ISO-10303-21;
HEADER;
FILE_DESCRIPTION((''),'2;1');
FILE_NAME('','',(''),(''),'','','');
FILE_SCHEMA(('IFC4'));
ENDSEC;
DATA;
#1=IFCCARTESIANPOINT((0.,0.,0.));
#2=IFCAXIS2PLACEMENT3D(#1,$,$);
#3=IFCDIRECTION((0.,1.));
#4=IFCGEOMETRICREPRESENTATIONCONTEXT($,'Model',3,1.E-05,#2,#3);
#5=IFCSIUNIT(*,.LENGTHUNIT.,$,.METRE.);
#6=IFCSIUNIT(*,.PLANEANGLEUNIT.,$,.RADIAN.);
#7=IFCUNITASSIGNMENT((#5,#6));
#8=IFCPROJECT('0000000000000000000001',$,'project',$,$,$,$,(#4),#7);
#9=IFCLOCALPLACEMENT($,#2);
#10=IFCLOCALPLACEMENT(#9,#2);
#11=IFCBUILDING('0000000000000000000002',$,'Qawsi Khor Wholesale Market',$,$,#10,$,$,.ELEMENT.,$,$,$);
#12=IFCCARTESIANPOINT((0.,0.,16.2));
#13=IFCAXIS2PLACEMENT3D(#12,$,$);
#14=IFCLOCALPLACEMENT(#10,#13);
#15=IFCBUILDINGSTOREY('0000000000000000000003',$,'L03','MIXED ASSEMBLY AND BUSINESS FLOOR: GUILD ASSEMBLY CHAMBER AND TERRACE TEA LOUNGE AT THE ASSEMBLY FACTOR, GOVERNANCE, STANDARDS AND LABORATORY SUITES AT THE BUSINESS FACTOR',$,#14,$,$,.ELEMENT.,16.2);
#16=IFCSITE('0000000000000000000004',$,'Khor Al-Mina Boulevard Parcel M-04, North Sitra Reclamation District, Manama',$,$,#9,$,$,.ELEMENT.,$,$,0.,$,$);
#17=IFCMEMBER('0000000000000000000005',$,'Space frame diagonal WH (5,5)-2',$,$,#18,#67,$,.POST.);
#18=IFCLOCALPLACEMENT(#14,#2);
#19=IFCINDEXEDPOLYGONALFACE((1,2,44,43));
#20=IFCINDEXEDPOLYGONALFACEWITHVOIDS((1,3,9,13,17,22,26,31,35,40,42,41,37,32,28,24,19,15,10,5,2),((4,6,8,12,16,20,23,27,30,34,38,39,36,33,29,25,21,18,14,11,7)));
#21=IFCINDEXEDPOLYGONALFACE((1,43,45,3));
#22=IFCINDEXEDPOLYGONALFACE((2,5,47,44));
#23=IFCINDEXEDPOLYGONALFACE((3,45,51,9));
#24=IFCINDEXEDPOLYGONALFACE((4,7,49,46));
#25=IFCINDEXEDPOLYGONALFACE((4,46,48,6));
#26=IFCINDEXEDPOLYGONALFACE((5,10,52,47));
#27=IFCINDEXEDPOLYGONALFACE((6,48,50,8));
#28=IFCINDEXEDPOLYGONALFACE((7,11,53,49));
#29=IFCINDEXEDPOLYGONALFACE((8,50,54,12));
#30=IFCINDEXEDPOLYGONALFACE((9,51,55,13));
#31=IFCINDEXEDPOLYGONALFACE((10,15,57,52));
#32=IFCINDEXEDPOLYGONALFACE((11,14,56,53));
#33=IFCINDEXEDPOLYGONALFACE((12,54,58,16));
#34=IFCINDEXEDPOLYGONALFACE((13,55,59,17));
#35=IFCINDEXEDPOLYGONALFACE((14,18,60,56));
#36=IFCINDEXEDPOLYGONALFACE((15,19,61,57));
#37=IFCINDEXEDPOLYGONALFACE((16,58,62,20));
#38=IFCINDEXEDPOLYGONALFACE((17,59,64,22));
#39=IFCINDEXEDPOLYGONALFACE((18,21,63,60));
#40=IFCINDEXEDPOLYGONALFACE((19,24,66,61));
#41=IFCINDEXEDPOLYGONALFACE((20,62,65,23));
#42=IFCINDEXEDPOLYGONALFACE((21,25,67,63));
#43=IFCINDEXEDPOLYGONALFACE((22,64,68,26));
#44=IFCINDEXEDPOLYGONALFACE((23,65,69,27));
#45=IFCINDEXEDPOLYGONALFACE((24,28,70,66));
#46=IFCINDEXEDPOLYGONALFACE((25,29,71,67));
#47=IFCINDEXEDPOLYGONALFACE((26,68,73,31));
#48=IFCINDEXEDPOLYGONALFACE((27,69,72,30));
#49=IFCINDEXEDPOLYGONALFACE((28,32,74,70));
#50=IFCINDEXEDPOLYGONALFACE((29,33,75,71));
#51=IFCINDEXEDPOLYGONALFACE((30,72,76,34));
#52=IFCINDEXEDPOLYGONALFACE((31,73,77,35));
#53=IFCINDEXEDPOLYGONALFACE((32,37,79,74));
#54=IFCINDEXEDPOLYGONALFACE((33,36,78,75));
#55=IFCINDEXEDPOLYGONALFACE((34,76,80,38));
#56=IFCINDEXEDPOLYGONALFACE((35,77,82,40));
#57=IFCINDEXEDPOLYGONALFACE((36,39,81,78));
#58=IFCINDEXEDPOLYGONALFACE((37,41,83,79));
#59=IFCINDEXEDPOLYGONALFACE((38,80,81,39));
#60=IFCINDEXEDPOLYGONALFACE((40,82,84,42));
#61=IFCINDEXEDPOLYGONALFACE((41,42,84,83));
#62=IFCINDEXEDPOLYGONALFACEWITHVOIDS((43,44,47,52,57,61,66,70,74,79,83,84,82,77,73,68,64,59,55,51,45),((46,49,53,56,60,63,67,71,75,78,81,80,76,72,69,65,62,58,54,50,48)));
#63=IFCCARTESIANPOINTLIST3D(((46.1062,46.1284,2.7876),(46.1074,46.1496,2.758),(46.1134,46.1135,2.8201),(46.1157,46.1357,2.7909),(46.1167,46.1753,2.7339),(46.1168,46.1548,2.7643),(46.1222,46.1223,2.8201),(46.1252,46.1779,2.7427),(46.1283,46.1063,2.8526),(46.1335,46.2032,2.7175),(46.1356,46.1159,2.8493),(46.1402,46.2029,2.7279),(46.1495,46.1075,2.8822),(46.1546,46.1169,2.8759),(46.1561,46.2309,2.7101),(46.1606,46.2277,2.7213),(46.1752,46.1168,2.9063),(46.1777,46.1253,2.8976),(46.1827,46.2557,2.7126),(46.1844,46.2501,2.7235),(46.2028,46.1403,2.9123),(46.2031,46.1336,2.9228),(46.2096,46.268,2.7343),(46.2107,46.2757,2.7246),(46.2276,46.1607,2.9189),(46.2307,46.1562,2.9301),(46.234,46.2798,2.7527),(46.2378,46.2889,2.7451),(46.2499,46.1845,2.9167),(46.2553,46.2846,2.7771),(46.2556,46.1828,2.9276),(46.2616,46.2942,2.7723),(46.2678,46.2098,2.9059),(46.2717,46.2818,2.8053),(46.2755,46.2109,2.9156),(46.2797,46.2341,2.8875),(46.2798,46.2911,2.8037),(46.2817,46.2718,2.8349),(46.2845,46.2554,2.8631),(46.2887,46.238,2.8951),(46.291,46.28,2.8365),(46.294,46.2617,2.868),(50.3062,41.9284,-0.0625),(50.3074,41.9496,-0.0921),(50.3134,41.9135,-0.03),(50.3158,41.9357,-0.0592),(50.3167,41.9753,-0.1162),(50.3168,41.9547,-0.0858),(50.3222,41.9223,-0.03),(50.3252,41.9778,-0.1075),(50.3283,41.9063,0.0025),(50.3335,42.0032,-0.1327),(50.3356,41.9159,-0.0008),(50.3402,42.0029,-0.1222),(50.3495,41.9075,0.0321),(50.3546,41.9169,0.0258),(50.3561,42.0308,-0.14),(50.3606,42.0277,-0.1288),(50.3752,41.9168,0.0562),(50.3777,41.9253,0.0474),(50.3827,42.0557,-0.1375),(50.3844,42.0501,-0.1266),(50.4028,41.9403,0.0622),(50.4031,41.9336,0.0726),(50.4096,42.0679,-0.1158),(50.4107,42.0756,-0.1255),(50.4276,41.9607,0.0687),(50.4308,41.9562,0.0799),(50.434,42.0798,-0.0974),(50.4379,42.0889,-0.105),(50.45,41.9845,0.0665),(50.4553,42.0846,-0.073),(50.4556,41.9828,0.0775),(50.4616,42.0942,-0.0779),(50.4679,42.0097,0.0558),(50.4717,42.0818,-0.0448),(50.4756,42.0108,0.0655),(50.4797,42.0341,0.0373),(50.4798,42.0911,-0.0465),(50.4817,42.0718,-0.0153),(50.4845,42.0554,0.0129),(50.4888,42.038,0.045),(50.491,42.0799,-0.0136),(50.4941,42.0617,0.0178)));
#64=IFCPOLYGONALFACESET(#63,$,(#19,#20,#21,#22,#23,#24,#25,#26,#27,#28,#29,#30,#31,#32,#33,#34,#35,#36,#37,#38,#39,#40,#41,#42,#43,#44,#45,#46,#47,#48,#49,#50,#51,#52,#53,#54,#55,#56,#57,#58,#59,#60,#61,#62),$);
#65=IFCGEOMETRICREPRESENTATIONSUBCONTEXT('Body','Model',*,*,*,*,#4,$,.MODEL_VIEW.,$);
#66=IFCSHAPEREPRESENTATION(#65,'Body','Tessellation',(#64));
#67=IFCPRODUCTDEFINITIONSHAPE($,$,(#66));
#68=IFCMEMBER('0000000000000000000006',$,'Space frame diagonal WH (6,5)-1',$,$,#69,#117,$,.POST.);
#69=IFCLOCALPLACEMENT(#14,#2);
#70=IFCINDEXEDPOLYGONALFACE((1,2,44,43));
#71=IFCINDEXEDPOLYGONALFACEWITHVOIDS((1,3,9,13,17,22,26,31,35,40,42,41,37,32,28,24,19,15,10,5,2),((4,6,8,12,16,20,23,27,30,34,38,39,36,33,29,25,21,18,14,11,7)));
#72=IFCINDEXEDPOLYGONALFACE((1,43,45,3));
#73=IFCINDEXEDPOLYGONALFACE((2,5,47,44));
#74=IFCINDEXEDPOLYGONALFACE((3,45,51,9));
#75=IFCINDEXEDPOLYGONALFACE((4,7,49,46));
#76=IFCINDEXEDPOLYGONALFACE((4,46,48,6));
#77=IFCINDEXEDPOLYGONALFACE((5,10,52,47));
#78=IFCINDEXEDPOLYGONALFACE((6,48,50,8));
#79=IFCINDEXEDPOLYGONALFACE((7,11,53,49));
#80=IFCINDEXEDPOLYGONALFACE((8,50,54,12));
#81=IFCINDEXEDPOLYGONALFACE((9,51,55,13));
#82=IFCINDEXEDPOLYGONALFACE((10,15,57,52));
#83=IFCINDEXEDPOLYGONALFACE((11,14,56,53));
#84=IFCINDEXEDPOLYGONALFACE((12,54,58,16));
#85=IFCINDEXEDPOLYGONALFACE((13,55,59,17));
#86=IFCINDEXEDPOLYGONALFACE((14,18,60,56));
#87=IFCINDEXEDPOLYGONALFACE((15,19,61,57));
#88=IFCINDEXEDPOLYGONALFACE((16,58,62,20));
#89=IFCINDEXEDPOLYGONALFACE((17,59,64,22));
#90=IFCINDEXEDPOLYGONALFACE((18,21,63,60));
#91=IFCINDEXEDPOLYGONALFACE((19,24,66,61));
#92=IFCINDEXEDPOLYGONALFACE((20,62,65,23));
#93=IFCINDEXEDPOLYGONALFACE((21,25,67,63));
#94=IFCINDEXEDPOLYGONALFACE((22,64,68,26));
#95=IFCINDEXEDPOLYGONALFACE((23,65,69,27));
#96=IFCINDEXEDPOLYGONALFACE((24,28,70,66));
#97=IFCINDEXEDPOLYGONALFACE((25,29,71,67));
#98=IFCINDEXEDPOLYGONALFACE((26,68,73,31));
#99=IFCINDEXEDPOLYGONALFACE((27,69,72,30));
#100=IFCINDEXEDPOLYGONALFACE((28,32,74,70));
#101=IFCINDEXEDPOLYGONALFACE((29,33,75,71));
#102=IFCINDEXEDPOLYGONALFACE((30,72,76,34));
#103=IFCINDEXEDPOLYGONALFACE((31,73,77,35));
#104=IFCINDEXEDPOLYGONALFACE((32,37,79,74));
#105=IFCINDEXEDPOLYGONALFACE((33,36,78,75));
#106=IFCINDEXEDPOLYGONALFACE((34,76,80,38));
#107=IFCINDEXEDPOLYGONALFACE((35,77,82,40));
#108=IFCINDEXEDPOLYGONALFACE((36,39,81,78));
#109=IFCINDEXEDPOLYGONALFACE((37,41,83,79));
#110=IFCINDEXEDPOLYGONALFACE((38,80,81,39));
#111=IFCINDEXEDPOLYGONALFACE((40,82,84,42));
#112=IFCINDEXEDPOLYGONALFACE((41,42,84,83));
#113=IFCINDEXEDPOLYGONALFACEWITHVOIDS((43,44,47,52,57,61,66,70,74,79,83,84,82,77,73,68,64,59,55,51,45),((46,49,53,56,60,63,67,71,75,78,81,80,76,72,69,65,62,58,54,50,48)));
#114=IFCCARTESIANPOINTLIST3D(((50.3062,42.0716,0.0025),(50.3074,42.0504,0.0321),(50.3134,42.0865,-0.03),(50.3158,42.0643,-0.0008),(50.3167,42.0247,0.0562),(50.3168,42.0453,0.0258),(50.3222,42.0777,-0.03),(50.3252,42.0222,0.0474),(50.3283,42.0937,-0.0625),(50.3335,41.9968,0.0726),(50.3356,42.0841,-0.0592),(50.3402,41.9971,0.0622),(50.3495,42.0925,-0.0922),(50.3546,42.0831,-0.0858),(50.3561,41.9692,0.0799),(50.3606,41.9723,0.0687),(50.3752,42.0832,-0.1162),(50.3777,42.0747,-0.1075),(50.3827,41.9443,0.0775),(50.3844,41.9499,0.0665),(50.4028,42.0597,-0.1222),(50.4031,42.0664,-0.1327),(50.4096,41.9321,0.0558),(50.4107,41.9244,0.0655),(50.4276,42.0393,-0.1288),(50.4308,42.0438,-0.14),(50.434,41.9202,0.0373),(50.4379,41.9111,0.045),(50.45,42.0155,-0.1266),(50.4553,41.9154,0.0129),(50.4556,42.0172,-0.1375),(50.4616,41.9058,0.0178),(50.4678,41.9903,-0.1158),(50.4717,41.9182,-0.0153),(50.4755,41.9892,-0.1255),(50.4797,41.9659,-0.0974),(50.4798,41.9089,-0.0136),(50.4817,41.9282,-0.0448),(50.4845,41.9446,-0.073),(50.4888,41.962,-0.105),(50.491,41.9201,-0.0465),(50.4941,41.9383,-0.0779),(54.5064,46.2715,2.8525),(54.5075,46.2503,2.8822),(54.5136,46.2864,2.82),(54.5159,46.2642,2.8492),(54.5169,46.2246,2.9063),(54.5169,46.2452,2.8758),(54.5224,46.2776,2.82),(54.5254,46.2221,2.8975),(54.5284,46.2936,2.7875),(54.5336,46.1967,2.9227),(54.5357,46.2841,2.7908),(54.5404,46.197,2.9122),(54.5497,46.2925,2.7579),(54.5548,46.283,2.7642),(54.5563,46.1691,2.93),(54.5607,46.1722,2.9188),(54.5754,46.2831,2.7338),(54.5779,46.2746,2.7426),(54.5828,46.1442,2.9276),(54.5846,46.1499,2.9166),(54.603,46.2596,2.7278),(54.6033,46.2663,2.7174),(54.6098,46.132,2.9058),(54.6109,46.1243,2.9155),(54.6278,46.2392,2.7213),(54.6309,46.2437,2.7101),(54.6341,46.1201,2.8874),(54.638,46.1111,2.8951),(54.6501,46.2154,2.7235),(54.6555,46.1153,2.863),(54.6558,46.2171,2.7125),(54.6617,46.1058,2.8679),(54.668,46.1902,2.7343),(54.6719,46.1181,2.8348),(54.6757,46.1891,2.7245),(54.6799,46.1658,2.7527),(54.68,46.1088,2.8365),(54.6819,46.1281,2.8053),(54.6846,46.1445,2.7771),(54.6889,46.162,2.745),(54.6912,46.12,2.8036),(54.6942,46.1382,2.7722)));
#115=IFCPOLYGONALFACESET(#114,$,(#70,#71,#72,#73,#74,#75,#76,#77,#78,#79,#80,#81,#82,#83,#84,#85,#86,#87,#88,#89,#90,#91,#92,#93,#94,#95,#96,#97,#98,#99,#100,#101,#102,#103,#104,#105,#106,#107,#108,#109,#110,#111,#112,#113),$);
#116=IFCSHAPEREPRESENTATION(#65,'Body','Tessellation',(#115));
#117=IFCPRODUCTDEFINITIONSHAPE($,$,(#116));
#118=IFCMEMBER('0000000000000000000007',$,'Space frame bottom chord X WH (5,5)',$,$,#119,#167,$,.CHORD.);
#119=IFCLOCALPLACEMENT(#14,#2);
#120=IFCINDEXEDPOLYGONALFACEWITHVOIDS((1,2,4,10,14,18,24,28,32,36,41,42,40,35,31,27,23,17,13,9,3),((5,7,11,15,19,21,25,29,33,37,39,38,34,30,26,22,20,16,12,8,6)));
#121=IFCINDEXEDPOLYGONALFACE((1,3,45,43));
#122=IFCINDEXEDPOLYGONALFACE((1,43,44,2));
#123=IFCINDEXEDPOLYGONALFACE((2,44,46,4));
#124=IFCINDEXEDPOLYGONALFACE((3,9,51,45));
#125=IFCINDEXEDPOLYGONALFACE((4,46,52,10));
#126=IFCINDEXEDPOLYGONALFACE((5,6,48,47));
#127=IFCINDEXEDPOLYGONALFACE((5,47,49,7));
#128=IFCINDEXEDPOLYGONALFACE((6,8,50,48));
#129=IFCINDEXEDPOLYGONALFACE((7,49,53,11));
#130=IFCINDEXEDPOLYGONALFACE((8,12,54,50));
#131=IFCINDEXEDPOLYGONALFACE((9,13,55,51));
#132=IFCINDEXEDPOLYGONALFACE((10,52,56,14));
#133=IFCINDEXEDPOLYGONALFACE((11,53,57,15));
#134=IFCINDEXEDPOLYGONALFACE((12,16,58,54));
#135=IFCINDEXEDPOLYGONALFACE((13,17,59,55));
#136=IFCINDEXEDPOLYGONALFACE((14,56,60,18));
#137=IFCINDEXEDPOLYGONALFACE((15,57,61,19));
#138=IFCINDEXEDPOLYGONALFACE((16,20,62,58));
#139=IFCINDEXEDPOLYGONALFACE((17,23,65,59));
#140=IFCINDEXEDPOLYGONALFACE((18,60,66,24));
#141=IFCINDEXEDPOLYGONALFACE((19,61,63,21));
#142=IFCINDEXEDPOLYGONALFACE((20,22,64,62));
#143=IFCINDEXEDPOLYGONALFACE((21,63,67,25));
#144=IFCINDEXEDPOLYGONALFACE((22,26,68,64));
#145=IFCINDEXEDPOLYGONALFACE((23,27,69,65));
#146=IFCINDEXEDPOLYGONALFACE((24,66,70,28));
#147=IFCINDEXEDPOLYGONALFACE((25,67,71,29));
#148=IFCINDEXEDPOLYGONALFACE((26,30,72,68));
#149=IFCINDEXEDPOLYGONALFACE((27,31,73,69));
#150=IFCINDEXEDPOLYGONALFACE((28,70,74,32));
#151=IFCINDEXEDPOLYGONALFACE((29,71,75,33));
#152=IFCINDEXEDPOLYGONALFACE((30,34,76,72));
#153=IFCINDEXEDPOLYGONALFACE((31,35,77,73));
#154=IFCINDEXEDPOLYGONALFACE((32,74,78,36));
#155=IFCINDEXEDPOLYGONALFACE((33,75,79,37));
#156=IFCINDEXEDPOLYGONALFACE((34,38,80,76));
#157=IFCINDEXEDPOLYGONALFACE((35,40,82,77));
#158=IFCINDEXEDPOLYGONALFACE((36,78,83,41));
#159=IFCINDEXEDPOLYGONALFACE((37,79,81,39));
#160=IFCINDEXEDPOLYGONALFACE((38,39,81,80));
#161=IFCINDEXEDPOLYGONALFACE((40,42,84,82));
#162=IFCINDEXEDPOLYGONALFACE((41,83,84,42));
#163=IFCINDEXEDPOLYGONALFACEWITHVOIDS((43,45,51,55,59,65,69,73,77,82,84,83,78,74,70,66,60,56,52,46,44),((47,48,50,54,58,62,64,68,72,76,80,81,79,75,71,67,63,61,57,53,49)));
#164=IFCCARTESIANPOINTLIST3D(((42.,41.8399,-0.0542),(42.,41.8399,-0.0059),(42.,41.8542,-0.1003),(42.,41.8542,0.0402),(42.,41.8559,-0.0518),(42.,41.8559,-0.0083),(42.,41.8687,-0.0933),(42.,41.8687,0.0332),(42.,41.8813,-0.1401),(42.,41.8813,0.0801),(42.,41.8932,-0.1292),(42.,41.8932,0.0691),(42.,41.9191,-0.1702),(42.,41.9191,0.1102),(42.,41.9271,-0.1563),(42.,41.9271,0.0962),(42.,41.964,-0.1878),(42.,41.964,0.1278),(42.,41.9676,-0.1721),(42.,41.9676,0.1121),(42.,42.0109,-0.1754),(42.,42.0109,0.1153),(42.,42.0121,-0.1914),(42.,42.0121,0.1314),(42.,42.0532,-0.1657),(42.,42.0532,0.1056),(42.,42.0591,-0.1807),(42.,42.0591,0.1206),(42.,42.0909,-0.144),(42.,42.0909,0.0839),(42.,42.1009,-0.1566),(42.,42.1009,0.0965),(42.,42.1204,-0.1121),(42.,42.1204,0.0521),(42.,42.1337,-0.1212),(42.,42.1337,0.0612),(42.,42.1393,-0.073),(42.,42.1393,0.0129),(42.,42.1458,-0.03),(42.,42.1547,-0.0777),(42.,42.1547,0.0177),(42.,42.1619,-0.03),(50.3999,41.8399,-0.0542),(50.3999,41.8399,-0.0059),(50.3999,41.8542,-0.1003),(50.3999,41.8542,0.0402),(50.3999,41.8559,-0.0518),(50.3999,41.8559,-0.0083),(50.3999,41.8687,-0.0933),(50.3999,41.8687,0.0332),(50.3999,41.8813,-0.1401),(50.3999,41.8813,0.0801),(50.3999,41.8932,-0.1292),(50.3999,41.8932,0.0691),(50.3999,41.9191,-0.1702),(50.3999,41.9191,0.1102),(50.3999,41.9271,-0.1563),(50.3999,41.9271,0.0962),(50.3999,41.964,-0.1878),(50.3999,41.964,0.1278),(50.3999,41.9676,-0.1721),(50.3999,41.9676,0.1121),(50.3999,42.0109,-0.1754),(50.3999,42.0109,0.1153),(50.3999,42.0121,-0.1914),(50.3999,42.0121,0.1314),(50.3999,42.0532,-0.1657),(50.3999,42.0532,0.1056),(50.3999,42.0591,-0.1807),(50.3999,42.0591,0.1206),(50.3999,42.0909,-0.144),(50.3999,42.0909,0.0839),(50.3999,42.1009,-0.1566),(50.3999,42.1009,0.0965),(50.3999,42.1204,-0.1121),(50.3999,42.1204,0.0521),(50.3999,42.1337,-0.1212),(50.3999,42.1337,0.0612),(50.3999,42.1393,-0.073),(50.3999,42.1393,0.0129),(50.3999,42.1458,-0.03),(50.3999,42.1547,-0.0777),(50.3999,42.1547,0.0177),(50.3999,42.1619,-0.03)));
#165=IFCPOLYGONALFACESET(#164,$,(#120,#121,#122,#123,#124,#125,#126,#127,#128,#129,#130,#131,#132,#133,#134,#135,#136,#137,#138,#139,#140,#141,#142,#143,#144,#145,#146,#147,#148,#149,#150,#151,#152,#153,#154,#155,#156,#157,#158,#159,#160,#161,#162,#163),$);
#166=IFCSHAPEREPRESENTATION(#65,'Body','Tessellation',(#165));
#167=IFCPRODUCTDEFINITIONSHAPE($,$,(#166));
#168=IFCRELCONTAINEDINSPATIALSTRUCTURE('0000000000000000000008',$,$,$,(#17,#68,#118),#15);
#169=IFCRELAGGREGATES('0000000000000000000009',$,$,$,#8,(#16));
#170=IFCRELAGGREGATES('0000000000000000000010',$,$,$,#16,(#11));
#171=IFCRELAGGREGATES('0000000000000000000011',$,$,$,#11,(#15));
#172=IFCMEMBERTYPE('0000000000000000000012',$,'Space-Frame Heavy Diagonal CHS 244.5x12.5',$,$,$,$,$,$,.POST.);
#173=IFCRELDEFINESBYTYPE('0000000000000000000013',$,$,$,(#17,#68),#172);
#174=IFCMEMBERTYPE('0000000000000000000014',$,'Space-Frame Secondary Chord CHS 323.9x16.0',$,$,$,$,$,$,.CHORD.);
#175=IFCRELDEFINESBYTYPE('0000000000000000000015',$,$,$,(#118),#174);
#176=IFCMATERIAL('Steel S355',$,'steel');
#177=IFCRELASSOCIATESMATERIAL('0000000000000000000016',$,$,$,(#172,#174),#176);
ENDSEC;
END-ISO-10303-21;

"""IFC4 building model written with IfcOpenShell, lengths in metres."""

from ifc_helpers import new_model, si_unit, direction, frame, origin, origin_2d, place, context, subcontext, project, spatial, hollow_circle, extrude, material, material_profile, profile_set, type_object, element, save


model = new_model("IFC4")

# Units and contexts
model_context = context("Model", 3, precision=1e-05, world=origin(), true_north=direction((0.0, 1.0)))
body_context = subcontext(model_context, "Body", "Model", "MODEL_VIEW")
ifc_project = project(units=[si_unit("LENGTHUNIT", "METRE"), si_unit("PLANEANGLEUNIT", "RADIAN")], contexts=[model_context])

# Site, building, storey
site_placement = place(None, origin())
site = spatial("IfcSite", under=ifc_project, at=site_placement, Name="Khor Al-Mina Boulevard Parcel M-04, North Sitra Reclamation District, Manama", CompositionType="ELEMENT", RefElevation=0.0)
building_placement = place(site_placement, origin())
building = spatial("IfcBuilding", under=site, at=building_placement, Name="Qawsi Khor Wholesale Market", CompositionType="ELEMENT")
storey_placement = place(building_placement, frame((0.0, 0.0, 16.2)))
storey = spatial("IfcBuildingStorey", under=building, at=storey_placement, Name="L03", Description="MIXED ASSEMBLY AND BUSINESS FLOOR: GUILD ASSEMBLY CHAMBER AND TERRACE TEA LOUNGE AT THE ASSEMBLY FACTOR, GOVERNANCE, STANDARDS AND LABORATORY SUITES AT THE BUSINESS FACTOR", CompositionType="ELEMENT", Elevation=16.2)

# Shared definitions
ifc_material_1 = material(Name="Steel S355", Category="steel")

# Members
ifc_material_profile_1 = material_profile(ifc_material_1, hollow_circle(Radius=0.1223, WallThickness=0.0125, at=origin_2d()), Name="CHS 244.5x12.5")
ifc_profile_set_1 = profile_set([ifc_material_profile_1], Name="Steel S355")
member_type_1 = type_object("IfcMemberType", Name="Space-Frame Heavy Diagonal CHS 244.5x12.5", PredefinedType="POST", material=ifc_profile_set_1)
for number, where, z_axis, x_axis, name in (
    (1, (50.3999, 42.0, -0.03), (-0.637512, 0.637512, 0.432617), (-0.707107, -0.707107, 0.0), "Space frame diagonal WH (5,5)-2"),
    (2, (50.3999, 42.0, -0.03), (0.637534, 0.637497, 0.432607), (-0.707086, 0.707127, 0.0), "Space frame diagonal WH (6,5)-1"),
):
    element("IfcMember", number, at=place(storey_placement, frame(where, z_axis=z_axis, x_axis=x_axis)), inside=storey, type_object=member_type_1, Name=name, PredefinedType="POST", context=body_context, shape_type="SweptSolid", body=[
        extrude(hollow_circle(Radius=0.1223, WallThickness=0.0125, at=origin_2d()), origin(), (0.0, 0.0, 1.0), 6.5881),
    ])
ifc_material_profile_2 = material_profile(ifc_material_1, hollow_circle(Radius=0.1619, WallThickness=0.0161, at=origin_2d()), Name="CHS 323.9x16.0")
ifc_profile_set_2 = profile_set([ifc_material_profile_2], Name="Steel S355")
member_type_2 = type_object("IfcMemberType", Name="Space-Frame Secondary Chord CHS 323.9x16.0", PredefinedType="CHORD", material=ifc_profile_set_2)
member_1_placement = place(storey_placement, frame((42.0, 42.0, -0.03), z_axis=(1.0, 0.0, 0.0), x_axis=(0.0, 1.0, 0.0)))
element("IfcMember", 3, at=member_1_placement, inside=storey, type_object=member_type_2, Name="Space frame bottom chord X WH (5,5)", PredefinedType="CHORD", context=body_context, shape_type="SweptSolid", body=[
    extrude(hollow_circle(Radius=0.1619, WallThickness=0.0161, at=origin_2d()), origin(), (0.0, 0.0, 1.0), 8.3999),
])

save(model, "model.ifc")
